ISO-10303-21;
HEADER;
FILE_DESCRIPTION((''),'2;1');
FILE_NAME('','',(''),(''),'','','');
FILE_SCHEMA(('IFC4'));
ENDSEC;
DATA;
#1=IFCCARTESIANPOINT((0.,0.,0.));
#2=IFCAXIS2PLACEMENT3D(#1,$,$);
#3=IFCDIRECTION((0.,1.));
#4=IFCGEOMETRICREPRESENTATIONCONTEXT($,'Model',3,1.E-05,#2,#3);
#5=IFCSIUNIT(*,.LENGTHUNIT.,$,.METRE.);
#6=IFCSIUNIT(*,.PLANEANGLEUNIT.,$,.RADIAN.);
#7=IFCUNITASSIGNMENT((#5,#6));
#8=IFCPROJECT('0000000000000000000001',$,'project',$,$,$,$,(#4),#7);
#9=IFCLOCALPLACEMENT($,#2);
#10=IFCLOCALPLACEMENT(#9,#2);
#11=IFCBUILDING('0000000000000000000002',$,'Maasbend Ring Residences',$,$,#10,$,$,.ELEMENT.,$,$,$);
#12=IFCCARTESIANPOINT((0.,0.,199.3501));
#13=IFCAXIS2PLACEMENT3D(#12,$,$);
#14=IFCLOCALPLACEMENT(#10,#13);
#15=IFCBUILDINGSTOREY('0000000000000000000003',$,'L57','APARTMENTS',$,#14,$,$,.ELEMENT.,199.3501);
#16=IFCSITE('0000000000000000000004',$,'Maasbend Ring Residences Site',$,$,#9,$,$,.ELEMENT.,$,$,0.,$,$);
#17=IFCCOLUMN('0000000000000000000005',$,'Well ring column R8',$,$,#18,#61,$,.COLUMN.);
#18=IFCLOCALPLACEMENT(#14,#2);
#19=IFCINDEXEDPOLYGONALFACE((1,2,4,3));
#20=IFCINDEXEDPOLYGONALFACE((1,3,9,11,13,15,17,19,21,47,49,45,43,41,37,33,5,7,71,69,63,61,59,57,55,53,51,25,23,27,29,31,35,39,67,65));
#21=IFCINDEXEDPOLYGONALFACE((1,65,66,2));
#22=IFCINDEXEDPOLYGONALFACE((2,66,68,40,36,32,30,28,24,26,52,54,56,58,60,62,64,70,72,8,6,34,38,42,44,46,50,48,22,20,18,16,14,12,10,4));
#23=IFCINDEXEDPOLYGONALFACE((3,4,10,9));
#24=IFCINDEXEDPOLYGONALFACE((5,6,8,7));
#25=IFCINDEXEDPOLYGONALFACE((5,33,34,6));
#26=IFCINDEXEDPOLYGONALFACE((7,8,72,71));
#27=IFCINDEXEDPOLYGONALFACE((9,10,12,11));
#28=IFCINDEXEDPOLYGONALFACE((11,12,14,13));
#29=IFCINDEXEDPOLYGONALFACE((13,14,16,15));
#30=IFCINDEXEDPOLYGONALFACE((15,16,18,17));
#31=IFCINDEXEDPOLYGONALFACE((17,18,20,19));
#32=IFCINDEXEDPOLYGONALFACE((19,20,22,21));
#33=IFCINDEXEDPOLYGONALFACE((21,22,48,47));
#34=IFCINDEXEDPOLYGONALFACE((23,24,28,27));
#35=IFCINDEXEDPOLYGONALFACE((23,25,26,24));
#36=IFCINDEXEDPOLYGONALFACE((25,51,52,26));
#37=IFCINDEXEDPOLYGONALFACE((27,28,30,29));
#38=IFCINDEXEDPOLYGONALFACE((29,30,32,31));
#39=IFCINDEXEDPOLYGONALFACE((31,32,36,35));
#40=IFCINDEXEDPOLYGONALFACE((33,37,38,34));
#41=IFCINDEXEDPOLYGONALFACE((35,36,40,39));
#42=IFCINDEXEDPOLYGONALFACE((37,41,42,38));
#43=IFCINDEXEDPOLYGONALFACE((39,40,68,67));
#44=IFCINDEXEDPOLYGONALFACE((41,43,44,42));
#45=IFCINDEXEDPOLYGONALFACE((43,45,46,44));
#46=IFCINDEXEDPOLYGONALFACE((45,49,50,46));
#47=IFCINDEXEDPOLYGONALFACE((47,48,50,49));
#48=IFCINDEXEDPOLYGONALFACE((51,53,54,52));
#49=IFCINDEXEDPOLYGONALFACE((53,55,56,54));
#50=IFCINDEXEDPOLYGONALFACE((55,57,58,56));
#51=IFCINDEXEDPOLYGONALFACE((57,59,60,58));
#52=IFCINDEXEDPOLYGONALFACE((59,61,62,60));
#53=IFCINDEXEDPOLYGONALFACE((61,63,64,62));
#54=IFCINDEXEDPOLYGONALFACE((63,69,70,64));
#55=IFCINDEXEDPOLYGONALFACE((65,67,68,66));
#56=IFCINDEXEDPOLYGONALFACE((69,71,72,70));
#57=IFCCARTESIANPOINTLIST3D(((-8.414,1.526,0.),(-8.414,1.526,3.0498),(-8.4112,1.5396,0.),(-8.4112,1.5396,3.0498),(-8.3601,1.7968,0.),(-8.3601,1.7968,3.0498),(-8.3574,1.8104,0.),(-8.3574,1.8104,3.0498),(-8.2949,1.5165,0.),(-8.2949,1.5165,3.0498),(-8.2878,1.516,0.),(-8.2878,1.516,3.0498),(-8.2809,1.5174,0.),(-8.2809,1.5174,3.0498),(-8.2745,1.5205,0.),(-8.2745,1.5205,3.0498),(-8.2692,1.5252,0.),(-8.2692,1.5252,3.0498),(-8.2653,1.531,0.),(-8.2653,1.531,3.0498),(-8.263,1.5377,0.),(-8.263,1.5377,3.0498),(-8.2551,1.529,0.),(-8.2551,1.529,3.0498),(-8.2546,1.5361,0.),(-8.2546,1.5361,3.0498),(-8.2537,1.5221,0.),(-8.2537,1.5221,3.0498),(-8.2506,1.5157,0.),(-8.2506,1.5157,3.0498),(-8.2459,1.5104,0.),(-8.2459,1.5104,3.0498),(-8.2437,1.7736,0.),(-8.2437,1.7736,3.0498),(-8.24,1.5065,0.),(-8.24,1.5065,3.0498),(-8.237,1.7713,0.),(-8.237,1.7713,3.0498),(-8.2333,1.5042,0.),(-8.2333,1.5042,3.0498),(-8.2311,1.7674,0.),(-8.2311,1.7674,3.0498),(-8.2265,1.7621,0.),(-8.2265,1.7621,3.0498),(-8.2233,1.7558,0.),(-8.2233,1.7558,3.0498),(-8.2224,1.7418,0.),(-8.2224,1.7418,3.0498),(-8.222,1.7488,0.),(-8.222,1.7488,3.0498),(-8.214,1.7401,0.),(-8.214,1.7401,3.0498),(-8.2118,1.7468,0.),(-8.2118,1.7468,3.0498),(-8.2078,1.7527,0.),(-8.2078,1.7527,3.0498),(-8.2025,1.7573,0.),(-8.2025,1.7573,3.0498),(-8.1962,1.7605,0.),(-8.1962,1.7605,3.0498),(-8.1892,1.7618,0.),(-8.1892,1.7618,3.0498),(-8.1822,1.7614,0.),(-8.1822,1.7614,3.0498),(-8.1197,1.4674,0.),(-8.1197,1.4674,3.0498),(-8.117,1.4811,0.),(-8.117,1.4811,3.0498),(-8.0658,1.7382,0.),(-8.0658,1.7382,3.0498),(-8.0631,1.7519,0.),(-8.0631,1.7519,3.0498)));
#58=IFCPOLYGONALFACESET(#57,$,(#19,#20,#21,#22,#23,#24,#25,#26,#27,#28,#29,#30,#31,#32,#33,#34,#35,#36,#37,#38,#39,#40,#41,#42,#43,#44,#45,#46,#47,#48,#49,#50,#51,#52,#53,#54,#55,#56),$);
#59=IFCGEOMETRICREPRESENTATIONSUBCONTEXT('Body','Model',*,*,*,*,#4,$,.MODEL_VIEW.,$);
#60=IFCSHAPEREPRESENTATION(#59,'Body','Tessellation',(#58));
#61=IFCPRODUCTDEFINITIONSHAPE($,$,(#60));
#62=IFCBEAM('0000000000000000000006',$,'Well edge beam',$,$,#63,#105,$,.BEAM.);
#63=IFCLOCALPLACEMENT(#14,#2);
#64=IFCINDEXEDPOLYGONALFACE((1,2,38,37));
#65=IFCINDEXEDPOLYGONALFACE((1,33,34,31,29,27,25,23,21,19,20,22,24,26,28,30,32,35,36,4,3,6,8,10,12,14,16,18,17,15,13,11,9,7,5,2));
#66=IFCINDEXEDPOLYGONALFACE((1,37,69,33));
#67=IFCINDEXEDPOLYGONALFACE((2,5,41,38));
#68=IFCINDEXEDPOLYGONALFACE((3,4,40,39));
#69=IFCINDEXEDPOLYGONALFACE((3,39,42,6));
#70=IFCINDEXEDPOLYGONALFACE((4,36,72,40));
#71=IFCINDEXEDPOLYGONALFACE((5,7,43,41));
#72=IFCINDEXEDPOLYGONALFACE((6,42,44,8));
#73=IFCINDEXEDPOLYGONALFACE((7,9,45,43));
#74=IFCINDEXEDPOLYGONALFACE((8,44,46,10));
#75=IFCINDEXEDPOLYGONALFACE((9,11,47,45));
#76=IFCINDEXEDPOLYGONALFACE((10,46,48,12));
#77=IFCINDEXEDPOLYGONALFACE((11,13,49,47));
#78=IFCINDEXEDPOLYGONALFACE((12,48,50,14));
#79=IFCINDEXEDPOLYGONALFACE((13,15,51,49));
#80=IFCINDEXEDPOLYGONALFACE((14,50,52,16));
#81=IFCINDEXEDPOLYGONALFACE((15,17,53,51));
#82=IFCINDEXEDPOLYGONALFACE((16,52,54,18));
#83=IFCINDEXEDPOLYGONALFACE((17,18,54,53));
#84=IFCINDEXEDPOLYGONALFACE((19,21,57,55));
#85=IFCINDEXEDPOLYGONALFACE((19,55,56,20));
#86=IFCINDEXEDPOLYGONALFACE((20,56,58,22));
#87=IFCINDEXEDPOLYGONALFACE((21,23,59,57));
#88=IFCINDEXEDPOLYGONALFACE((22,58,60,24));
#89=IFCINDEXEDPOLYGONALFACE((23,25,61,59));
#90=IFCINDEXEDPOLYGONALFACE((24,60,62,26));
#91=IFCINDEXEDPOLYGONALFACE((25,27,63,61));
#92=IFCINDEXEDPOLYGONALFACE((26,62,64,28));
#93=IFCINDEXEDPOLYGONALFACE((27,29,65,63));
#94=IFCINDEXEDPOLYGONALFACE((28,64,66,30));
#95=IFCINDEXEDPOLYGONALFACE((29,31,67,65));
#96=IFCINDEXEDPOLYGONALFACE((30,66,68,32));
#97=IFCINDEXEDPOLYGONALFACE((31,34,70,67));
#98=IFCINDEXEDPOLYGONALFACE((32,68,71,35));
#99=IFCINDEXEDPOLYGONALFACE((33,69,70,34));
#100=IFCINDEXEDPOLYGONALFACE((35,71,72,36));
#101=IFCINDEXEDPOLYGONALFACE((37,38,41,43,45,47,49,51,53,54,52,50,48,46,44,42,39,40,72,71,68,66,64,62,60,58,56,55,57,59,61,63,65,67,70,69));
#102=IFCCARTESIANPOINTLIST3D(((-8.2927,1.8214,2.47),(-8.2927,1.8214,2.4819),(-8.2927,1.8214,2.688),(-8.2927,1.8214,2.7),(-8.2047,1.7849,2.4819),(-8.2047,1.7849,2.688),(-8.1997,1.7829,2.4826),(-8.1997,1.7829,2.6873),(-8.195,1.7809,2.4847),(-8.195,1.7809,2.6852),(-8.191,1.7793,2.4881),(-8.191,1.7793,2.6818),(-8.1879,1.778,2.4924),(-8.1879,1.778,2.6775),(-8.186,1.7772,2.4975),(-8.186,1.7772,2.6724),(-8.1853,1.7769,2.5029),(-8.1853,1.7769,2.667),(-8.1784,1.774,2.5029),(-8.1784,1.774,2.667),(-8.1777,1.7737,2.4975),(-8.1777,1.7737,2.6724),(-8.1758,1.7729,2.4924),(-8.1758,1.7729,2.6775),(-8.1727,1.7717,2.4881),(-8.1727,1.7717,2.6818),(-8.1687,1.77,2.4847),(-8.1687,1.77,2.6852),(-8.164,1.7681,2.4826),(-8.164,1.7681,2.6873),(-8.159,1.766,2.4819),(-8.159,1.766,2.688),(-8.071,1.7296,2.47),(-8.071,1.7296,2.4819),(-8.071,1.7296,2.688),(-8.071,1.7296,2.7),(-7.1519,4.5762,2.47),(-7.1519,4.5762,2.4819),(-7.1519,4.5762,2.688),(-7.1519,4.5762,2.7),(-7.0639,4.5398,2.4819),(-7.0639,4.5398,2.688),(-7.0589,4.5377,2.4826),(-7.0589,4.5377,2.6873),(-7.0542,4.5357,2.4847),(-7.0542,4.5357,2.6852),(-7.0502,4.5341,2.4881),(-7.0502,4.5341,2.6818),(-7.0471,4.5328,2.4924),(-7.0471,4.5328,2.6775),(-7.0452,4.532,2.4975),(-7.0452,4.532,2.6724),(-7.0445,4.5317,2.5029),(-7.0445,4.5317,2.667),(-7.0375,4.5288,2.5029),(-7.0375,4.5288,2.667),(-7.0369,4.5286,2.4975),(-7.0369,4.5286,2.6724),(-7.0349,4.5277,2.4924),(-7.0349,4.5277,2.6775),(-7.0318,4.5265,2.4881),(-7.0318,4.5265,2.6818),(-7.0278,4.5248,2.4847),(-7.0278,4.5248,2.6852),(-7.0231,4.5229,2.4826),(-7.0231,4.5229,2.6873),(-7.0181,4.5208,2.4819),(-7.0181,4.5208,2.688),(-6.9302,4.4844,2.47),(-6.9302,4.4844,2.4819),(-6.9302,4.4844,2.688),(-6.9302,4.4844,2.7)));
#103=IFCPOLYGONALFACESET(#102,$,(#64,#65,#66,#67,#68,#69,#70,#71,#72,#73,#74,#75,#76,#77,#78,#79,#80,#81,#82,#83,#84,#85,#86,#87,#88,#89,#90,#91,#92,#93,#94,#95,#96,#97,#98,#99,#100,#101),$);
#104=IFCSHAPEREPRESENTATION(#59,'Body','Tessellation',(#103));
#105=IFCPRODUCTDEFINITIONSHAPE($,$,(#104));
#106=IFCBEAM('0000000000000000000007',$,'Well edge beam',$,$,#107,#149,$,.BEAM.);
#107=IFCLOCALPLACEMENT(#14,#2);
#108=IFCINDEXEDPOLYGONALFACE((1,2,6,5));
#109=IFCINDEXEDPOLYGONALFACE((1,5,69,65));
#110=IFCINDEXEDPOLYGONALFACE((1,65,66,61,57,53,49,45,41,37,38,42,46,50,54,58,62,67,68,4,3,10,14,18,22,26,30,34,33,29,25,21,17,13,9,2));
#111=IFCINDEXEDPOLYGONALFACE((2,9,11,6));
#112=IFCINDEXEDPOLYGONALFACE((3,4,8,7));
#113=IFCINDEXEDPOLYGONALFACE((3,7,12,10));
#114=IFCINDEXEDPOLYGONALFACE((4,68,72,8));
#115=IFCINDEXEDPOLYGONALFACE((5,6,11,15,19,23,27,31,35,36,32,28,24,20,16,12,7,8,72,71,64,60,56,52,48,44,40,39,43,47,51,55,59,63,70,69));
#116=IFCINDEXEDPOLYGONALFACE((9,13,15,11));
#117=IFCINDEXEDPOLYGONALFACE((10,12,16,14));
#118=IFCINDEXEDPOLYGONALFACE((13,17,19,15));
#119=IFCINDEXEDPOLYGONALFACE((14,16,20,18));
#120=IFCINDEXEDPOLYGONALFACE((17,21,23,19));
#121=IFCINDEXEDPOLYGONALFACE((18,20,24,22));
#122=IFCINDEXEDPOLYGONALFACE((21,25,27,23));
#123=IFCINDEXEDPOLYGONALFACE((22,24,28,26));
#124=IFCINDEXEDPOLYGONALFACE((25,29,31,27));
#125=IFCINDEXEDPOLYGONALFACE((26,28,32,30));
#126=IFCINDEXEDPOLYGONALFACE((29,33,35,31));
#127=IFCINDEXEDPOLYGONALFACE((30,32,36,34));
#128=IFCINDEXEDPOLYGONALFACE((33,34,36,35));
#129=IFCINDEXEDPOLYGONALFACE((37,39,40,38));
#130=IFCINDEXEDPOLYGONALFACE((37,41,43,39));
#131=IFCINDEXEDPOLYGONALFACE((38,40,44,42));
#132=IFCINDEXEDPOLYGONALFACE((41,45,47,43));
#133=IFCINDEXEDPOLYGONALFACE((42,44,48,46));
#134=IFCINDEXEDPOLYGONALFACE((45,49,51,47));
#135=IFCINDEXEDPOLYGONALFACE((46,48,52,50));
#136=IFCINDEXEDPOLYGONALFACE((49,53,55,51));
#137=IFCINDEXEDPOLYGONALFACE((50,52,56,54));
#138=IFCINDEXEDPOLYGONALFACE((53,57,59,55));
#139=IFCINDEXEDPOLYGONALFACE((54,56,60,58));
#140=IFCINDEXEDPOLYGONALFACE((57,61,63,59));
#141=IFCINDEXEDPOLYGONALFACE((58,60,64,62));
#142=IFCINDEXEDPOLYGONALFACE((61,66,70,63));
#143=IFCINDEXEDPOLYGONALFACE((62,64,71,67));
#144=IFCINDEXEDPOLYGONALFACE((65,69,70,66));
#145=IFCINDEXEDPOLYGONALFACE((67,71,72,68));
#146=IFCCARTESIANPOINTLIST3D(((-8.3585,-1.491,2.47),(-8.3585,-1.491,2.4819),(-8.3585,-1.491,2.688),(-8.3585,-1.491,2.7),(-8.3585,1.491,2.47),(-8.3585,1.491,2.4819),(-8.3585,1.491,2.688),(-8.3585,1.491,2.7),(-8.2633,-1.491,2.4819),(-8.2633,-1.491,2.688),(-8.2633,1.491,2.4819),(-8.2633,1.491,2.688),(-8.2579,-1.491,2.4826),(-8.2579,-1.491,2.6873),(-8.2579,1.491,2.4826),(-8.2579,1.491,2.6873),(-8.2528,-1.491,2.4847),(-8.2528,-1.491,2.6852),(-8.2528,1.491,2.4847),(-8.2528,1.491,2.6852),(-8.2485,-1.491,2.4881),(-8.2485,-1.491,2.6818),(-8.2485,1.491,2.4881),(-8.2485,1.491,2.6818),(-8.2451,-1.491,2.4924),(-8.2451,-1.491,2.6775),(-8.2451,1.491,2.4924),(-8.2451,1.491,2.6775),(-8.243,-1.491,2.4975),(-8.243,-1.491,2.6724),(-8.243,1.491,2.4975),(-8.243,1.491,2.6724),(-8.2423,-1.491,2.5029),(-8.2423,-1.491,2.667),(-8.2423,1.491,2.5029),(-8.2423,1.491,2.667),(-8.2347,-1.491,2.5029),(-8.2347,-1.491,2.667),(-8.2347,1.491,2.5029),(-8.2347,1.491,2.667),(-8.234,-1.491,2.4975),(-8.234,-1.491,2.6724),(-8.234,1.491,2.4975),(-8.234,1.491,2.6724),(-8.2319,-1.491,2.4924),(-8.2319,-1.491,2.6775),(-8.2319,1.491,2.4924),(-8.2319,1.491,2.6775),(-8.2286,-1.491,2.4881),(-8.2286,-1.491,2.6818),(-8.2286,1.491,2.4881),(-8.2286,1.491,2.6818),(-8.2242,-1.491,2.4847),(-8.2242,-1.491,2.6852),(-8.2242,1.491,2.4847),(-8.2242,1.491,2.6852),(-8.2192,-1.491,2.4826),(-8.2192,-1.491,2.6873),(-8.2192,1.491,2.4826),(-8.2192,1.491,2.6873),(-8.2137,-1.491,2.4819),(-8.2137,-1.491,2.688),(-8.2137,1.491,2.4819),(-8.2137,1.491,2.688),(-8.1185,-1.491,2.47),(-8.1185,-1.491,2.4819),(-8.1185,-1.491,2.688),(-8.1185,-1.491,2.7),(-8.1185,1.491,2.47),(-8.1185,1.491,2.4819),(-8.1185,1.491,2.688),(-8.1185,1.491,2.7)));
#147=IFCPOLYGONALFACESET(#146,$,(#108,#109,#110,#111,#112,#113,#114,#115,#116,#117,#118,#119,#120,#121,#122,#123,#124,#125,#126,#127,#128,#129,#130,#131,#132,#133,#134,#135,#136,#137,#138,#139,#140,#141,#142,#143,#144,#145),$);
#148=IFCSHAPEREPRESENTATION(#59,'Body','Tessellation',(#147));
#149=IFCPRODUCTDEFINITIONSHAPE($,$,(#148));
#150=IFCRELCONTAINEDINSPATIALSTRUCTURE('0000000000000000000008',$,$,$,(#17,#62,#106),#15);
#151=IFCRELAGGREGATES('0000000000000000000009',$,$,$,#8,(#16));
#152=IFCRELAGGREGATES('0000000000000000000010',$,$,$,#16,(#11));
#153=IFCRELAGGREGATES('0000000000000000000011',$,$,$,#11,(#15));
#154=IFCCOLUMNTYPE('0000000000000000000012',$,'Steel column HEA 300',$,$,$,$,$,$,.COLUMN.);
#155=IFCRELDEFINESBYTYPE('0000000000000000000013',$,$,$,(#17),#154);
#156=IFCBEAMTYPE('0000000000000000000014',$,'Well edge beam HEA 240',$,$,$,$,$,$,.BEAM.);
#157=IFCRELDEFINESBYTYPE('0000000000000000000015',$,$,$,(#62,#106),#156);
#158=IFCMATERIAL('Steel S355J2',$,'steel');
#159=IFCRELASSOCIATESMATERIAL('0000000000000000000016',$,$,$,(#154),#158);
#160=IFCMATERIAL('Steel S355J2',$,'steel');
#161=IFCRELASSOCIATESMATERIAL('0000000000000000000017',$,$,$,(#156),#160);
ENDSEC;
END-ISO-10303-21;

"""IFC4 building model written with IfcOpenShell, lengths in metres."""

from ifc_helpers import new_model, si_unit, direction, frame, origin, origin_2d, place, context, subcontext, project, spatial, i_section, extrude, material, material_profile, profile_set, type_object, element, save


model = new_model("IFC4")

# Units and contexts
model_context = context("Model", 3, precision=1e-05, world=origin(), true_north=direction((0.0, 1.0)))
body_context = subcontext(model_context, "Body", "Model", "MODEL_VIEW")
ifc_project = project(units=[si_unit("LENGTHUNIT", "METRE"), si_unit("PLANEANGLEUNIT", "RADIAN")], contexts=[model_context])

# Site, building, storey
site_placement = place(None, origin())
site = spatial("IfcSite", under=ifc_project, at=site_placement, Name="Maasbend Ring Residences Site", CompositionType="ELEMENT", RefElevation=0.0)
building_placement = place(site_placement, origin())
building = spatial("IfcBuilding", under=site, at=building_placement, Name="Maasbend Ring Residences", CompositionType="ELEMENT")
storey_placement = place(building_placement, frame((0.0, 0.0, 199.3501)))
storey = spatial("IfcBuildingStorey", under=building, at=storey_placement, Name="L57", Description="APARTMENTS", CompositionType="ELEMENT", Elevation=199.3501)

# Column
ifc_material_1 = material(Name="Steel S355J2", Category="steel")
ifc_material_profile_1 = material_profile(ifc_material_1, i_section(OverallWidth=0.3, OverallDepth=0.29, WebThickness=0.0085, FlangeThickness=0.0139, FilletRadius=0.0271, at=origin_2d()), Name="HEA 300")
ifc_profile_set_1 = profile_set([ifc_material_profile_1], Name="Steel S355J2")
column_type = type_object("IfcColumnType", Name="Steel column HEA 300", PredefinedType="COLUMN", material=ifc_profile_set_1)
column_placement = place(storey_placement, frame((-8.2385, 1.6389, 0.0), z_axis=(0.0, 0.0, 1.0), x_axis=(-0.980785, 0.19509, 0.0)))
element("IfcColumn", 1, at=column_placement, inside=storey, type_object=column_type, Name="Well ring column R8", PredefinedType="COLUMN", context=body_context, shape_type="SweptSolid", body=[
    extrude(i_section(OverallWidth=0.3, OverallDepth=0.29, WebThickness=0.0085, FlangeThickness=0.0139, FilletRadius=0.0271, at=origin_2d()), origin(), (0.0, 0.0, 1.0), 3.0498),
])

# Beams
ifc_material_2 = material(Name="Steel S355J2", Category="steel")
ifc_material_profile_2 = material_profile(ifc_material_2, i_section(OverallWidth=0.24, OverallDepth=0.23, WebThickness=0.0076, FlangeThickness=0.012, FilletRadius=0.021, at=origin_2d()), Name="HEA 240")
ifc_profile_set_2 = profile_set([ifc_material_profile_2], Name="Steel S355J2")
beam_type = type_object("IfcBeamType", Name="Well edge beam HEA 240", PredefinedType="BEAM", material=ifc_profile_set_2)
beam_1_placement = place(storey_placement, frame((-7.041, 4.5303, 2.585), z_axis=(-0.382615, -0.923908, 0.0), x_axis=(0.923908, -0.382615, 0.0)))
element("IfcBeam", 2, at=beam_1_placement, inside=storey, type_object=beam_type, Name="Well edge beam", PredefinedType="BEAM", context=body_context, shape_type="SweptSolid", body=[
    extrude(i_section(OverallWidth=0.24, OverallDepth=0.23, WebThickness=0.0076, FlangeThickness=0.012, FilletRadius=0.021, at=origin_2d()), origin(), (0.0, 0.0, 1.0), 2.9817),
])
beam_2_placement = place(storey_placement, frame((-8.2385, 1.491, 2.585), z_axis=(0.0, -1.0, 0.0), x_axis=(1.0, 0.0, 0.0)))
element("IfcBeam", 3, at=beam_2_placement, inside=storey, type_object=beam_type, Name="Well edge beam", PredefinedType="BEAM", context=body_context, shape_type="SweptSolid", body=[
    extrude(i_section(OverallWidth=0.24, OverallDepth=0.23, WebThickness=0.0076, FlangeThickness=0.012, FilletRadius=0.021, at=origin_2d()), origin(), (0.0, 0.0, 1.0), 2.9819),
])

save(model, "model.ifc")
